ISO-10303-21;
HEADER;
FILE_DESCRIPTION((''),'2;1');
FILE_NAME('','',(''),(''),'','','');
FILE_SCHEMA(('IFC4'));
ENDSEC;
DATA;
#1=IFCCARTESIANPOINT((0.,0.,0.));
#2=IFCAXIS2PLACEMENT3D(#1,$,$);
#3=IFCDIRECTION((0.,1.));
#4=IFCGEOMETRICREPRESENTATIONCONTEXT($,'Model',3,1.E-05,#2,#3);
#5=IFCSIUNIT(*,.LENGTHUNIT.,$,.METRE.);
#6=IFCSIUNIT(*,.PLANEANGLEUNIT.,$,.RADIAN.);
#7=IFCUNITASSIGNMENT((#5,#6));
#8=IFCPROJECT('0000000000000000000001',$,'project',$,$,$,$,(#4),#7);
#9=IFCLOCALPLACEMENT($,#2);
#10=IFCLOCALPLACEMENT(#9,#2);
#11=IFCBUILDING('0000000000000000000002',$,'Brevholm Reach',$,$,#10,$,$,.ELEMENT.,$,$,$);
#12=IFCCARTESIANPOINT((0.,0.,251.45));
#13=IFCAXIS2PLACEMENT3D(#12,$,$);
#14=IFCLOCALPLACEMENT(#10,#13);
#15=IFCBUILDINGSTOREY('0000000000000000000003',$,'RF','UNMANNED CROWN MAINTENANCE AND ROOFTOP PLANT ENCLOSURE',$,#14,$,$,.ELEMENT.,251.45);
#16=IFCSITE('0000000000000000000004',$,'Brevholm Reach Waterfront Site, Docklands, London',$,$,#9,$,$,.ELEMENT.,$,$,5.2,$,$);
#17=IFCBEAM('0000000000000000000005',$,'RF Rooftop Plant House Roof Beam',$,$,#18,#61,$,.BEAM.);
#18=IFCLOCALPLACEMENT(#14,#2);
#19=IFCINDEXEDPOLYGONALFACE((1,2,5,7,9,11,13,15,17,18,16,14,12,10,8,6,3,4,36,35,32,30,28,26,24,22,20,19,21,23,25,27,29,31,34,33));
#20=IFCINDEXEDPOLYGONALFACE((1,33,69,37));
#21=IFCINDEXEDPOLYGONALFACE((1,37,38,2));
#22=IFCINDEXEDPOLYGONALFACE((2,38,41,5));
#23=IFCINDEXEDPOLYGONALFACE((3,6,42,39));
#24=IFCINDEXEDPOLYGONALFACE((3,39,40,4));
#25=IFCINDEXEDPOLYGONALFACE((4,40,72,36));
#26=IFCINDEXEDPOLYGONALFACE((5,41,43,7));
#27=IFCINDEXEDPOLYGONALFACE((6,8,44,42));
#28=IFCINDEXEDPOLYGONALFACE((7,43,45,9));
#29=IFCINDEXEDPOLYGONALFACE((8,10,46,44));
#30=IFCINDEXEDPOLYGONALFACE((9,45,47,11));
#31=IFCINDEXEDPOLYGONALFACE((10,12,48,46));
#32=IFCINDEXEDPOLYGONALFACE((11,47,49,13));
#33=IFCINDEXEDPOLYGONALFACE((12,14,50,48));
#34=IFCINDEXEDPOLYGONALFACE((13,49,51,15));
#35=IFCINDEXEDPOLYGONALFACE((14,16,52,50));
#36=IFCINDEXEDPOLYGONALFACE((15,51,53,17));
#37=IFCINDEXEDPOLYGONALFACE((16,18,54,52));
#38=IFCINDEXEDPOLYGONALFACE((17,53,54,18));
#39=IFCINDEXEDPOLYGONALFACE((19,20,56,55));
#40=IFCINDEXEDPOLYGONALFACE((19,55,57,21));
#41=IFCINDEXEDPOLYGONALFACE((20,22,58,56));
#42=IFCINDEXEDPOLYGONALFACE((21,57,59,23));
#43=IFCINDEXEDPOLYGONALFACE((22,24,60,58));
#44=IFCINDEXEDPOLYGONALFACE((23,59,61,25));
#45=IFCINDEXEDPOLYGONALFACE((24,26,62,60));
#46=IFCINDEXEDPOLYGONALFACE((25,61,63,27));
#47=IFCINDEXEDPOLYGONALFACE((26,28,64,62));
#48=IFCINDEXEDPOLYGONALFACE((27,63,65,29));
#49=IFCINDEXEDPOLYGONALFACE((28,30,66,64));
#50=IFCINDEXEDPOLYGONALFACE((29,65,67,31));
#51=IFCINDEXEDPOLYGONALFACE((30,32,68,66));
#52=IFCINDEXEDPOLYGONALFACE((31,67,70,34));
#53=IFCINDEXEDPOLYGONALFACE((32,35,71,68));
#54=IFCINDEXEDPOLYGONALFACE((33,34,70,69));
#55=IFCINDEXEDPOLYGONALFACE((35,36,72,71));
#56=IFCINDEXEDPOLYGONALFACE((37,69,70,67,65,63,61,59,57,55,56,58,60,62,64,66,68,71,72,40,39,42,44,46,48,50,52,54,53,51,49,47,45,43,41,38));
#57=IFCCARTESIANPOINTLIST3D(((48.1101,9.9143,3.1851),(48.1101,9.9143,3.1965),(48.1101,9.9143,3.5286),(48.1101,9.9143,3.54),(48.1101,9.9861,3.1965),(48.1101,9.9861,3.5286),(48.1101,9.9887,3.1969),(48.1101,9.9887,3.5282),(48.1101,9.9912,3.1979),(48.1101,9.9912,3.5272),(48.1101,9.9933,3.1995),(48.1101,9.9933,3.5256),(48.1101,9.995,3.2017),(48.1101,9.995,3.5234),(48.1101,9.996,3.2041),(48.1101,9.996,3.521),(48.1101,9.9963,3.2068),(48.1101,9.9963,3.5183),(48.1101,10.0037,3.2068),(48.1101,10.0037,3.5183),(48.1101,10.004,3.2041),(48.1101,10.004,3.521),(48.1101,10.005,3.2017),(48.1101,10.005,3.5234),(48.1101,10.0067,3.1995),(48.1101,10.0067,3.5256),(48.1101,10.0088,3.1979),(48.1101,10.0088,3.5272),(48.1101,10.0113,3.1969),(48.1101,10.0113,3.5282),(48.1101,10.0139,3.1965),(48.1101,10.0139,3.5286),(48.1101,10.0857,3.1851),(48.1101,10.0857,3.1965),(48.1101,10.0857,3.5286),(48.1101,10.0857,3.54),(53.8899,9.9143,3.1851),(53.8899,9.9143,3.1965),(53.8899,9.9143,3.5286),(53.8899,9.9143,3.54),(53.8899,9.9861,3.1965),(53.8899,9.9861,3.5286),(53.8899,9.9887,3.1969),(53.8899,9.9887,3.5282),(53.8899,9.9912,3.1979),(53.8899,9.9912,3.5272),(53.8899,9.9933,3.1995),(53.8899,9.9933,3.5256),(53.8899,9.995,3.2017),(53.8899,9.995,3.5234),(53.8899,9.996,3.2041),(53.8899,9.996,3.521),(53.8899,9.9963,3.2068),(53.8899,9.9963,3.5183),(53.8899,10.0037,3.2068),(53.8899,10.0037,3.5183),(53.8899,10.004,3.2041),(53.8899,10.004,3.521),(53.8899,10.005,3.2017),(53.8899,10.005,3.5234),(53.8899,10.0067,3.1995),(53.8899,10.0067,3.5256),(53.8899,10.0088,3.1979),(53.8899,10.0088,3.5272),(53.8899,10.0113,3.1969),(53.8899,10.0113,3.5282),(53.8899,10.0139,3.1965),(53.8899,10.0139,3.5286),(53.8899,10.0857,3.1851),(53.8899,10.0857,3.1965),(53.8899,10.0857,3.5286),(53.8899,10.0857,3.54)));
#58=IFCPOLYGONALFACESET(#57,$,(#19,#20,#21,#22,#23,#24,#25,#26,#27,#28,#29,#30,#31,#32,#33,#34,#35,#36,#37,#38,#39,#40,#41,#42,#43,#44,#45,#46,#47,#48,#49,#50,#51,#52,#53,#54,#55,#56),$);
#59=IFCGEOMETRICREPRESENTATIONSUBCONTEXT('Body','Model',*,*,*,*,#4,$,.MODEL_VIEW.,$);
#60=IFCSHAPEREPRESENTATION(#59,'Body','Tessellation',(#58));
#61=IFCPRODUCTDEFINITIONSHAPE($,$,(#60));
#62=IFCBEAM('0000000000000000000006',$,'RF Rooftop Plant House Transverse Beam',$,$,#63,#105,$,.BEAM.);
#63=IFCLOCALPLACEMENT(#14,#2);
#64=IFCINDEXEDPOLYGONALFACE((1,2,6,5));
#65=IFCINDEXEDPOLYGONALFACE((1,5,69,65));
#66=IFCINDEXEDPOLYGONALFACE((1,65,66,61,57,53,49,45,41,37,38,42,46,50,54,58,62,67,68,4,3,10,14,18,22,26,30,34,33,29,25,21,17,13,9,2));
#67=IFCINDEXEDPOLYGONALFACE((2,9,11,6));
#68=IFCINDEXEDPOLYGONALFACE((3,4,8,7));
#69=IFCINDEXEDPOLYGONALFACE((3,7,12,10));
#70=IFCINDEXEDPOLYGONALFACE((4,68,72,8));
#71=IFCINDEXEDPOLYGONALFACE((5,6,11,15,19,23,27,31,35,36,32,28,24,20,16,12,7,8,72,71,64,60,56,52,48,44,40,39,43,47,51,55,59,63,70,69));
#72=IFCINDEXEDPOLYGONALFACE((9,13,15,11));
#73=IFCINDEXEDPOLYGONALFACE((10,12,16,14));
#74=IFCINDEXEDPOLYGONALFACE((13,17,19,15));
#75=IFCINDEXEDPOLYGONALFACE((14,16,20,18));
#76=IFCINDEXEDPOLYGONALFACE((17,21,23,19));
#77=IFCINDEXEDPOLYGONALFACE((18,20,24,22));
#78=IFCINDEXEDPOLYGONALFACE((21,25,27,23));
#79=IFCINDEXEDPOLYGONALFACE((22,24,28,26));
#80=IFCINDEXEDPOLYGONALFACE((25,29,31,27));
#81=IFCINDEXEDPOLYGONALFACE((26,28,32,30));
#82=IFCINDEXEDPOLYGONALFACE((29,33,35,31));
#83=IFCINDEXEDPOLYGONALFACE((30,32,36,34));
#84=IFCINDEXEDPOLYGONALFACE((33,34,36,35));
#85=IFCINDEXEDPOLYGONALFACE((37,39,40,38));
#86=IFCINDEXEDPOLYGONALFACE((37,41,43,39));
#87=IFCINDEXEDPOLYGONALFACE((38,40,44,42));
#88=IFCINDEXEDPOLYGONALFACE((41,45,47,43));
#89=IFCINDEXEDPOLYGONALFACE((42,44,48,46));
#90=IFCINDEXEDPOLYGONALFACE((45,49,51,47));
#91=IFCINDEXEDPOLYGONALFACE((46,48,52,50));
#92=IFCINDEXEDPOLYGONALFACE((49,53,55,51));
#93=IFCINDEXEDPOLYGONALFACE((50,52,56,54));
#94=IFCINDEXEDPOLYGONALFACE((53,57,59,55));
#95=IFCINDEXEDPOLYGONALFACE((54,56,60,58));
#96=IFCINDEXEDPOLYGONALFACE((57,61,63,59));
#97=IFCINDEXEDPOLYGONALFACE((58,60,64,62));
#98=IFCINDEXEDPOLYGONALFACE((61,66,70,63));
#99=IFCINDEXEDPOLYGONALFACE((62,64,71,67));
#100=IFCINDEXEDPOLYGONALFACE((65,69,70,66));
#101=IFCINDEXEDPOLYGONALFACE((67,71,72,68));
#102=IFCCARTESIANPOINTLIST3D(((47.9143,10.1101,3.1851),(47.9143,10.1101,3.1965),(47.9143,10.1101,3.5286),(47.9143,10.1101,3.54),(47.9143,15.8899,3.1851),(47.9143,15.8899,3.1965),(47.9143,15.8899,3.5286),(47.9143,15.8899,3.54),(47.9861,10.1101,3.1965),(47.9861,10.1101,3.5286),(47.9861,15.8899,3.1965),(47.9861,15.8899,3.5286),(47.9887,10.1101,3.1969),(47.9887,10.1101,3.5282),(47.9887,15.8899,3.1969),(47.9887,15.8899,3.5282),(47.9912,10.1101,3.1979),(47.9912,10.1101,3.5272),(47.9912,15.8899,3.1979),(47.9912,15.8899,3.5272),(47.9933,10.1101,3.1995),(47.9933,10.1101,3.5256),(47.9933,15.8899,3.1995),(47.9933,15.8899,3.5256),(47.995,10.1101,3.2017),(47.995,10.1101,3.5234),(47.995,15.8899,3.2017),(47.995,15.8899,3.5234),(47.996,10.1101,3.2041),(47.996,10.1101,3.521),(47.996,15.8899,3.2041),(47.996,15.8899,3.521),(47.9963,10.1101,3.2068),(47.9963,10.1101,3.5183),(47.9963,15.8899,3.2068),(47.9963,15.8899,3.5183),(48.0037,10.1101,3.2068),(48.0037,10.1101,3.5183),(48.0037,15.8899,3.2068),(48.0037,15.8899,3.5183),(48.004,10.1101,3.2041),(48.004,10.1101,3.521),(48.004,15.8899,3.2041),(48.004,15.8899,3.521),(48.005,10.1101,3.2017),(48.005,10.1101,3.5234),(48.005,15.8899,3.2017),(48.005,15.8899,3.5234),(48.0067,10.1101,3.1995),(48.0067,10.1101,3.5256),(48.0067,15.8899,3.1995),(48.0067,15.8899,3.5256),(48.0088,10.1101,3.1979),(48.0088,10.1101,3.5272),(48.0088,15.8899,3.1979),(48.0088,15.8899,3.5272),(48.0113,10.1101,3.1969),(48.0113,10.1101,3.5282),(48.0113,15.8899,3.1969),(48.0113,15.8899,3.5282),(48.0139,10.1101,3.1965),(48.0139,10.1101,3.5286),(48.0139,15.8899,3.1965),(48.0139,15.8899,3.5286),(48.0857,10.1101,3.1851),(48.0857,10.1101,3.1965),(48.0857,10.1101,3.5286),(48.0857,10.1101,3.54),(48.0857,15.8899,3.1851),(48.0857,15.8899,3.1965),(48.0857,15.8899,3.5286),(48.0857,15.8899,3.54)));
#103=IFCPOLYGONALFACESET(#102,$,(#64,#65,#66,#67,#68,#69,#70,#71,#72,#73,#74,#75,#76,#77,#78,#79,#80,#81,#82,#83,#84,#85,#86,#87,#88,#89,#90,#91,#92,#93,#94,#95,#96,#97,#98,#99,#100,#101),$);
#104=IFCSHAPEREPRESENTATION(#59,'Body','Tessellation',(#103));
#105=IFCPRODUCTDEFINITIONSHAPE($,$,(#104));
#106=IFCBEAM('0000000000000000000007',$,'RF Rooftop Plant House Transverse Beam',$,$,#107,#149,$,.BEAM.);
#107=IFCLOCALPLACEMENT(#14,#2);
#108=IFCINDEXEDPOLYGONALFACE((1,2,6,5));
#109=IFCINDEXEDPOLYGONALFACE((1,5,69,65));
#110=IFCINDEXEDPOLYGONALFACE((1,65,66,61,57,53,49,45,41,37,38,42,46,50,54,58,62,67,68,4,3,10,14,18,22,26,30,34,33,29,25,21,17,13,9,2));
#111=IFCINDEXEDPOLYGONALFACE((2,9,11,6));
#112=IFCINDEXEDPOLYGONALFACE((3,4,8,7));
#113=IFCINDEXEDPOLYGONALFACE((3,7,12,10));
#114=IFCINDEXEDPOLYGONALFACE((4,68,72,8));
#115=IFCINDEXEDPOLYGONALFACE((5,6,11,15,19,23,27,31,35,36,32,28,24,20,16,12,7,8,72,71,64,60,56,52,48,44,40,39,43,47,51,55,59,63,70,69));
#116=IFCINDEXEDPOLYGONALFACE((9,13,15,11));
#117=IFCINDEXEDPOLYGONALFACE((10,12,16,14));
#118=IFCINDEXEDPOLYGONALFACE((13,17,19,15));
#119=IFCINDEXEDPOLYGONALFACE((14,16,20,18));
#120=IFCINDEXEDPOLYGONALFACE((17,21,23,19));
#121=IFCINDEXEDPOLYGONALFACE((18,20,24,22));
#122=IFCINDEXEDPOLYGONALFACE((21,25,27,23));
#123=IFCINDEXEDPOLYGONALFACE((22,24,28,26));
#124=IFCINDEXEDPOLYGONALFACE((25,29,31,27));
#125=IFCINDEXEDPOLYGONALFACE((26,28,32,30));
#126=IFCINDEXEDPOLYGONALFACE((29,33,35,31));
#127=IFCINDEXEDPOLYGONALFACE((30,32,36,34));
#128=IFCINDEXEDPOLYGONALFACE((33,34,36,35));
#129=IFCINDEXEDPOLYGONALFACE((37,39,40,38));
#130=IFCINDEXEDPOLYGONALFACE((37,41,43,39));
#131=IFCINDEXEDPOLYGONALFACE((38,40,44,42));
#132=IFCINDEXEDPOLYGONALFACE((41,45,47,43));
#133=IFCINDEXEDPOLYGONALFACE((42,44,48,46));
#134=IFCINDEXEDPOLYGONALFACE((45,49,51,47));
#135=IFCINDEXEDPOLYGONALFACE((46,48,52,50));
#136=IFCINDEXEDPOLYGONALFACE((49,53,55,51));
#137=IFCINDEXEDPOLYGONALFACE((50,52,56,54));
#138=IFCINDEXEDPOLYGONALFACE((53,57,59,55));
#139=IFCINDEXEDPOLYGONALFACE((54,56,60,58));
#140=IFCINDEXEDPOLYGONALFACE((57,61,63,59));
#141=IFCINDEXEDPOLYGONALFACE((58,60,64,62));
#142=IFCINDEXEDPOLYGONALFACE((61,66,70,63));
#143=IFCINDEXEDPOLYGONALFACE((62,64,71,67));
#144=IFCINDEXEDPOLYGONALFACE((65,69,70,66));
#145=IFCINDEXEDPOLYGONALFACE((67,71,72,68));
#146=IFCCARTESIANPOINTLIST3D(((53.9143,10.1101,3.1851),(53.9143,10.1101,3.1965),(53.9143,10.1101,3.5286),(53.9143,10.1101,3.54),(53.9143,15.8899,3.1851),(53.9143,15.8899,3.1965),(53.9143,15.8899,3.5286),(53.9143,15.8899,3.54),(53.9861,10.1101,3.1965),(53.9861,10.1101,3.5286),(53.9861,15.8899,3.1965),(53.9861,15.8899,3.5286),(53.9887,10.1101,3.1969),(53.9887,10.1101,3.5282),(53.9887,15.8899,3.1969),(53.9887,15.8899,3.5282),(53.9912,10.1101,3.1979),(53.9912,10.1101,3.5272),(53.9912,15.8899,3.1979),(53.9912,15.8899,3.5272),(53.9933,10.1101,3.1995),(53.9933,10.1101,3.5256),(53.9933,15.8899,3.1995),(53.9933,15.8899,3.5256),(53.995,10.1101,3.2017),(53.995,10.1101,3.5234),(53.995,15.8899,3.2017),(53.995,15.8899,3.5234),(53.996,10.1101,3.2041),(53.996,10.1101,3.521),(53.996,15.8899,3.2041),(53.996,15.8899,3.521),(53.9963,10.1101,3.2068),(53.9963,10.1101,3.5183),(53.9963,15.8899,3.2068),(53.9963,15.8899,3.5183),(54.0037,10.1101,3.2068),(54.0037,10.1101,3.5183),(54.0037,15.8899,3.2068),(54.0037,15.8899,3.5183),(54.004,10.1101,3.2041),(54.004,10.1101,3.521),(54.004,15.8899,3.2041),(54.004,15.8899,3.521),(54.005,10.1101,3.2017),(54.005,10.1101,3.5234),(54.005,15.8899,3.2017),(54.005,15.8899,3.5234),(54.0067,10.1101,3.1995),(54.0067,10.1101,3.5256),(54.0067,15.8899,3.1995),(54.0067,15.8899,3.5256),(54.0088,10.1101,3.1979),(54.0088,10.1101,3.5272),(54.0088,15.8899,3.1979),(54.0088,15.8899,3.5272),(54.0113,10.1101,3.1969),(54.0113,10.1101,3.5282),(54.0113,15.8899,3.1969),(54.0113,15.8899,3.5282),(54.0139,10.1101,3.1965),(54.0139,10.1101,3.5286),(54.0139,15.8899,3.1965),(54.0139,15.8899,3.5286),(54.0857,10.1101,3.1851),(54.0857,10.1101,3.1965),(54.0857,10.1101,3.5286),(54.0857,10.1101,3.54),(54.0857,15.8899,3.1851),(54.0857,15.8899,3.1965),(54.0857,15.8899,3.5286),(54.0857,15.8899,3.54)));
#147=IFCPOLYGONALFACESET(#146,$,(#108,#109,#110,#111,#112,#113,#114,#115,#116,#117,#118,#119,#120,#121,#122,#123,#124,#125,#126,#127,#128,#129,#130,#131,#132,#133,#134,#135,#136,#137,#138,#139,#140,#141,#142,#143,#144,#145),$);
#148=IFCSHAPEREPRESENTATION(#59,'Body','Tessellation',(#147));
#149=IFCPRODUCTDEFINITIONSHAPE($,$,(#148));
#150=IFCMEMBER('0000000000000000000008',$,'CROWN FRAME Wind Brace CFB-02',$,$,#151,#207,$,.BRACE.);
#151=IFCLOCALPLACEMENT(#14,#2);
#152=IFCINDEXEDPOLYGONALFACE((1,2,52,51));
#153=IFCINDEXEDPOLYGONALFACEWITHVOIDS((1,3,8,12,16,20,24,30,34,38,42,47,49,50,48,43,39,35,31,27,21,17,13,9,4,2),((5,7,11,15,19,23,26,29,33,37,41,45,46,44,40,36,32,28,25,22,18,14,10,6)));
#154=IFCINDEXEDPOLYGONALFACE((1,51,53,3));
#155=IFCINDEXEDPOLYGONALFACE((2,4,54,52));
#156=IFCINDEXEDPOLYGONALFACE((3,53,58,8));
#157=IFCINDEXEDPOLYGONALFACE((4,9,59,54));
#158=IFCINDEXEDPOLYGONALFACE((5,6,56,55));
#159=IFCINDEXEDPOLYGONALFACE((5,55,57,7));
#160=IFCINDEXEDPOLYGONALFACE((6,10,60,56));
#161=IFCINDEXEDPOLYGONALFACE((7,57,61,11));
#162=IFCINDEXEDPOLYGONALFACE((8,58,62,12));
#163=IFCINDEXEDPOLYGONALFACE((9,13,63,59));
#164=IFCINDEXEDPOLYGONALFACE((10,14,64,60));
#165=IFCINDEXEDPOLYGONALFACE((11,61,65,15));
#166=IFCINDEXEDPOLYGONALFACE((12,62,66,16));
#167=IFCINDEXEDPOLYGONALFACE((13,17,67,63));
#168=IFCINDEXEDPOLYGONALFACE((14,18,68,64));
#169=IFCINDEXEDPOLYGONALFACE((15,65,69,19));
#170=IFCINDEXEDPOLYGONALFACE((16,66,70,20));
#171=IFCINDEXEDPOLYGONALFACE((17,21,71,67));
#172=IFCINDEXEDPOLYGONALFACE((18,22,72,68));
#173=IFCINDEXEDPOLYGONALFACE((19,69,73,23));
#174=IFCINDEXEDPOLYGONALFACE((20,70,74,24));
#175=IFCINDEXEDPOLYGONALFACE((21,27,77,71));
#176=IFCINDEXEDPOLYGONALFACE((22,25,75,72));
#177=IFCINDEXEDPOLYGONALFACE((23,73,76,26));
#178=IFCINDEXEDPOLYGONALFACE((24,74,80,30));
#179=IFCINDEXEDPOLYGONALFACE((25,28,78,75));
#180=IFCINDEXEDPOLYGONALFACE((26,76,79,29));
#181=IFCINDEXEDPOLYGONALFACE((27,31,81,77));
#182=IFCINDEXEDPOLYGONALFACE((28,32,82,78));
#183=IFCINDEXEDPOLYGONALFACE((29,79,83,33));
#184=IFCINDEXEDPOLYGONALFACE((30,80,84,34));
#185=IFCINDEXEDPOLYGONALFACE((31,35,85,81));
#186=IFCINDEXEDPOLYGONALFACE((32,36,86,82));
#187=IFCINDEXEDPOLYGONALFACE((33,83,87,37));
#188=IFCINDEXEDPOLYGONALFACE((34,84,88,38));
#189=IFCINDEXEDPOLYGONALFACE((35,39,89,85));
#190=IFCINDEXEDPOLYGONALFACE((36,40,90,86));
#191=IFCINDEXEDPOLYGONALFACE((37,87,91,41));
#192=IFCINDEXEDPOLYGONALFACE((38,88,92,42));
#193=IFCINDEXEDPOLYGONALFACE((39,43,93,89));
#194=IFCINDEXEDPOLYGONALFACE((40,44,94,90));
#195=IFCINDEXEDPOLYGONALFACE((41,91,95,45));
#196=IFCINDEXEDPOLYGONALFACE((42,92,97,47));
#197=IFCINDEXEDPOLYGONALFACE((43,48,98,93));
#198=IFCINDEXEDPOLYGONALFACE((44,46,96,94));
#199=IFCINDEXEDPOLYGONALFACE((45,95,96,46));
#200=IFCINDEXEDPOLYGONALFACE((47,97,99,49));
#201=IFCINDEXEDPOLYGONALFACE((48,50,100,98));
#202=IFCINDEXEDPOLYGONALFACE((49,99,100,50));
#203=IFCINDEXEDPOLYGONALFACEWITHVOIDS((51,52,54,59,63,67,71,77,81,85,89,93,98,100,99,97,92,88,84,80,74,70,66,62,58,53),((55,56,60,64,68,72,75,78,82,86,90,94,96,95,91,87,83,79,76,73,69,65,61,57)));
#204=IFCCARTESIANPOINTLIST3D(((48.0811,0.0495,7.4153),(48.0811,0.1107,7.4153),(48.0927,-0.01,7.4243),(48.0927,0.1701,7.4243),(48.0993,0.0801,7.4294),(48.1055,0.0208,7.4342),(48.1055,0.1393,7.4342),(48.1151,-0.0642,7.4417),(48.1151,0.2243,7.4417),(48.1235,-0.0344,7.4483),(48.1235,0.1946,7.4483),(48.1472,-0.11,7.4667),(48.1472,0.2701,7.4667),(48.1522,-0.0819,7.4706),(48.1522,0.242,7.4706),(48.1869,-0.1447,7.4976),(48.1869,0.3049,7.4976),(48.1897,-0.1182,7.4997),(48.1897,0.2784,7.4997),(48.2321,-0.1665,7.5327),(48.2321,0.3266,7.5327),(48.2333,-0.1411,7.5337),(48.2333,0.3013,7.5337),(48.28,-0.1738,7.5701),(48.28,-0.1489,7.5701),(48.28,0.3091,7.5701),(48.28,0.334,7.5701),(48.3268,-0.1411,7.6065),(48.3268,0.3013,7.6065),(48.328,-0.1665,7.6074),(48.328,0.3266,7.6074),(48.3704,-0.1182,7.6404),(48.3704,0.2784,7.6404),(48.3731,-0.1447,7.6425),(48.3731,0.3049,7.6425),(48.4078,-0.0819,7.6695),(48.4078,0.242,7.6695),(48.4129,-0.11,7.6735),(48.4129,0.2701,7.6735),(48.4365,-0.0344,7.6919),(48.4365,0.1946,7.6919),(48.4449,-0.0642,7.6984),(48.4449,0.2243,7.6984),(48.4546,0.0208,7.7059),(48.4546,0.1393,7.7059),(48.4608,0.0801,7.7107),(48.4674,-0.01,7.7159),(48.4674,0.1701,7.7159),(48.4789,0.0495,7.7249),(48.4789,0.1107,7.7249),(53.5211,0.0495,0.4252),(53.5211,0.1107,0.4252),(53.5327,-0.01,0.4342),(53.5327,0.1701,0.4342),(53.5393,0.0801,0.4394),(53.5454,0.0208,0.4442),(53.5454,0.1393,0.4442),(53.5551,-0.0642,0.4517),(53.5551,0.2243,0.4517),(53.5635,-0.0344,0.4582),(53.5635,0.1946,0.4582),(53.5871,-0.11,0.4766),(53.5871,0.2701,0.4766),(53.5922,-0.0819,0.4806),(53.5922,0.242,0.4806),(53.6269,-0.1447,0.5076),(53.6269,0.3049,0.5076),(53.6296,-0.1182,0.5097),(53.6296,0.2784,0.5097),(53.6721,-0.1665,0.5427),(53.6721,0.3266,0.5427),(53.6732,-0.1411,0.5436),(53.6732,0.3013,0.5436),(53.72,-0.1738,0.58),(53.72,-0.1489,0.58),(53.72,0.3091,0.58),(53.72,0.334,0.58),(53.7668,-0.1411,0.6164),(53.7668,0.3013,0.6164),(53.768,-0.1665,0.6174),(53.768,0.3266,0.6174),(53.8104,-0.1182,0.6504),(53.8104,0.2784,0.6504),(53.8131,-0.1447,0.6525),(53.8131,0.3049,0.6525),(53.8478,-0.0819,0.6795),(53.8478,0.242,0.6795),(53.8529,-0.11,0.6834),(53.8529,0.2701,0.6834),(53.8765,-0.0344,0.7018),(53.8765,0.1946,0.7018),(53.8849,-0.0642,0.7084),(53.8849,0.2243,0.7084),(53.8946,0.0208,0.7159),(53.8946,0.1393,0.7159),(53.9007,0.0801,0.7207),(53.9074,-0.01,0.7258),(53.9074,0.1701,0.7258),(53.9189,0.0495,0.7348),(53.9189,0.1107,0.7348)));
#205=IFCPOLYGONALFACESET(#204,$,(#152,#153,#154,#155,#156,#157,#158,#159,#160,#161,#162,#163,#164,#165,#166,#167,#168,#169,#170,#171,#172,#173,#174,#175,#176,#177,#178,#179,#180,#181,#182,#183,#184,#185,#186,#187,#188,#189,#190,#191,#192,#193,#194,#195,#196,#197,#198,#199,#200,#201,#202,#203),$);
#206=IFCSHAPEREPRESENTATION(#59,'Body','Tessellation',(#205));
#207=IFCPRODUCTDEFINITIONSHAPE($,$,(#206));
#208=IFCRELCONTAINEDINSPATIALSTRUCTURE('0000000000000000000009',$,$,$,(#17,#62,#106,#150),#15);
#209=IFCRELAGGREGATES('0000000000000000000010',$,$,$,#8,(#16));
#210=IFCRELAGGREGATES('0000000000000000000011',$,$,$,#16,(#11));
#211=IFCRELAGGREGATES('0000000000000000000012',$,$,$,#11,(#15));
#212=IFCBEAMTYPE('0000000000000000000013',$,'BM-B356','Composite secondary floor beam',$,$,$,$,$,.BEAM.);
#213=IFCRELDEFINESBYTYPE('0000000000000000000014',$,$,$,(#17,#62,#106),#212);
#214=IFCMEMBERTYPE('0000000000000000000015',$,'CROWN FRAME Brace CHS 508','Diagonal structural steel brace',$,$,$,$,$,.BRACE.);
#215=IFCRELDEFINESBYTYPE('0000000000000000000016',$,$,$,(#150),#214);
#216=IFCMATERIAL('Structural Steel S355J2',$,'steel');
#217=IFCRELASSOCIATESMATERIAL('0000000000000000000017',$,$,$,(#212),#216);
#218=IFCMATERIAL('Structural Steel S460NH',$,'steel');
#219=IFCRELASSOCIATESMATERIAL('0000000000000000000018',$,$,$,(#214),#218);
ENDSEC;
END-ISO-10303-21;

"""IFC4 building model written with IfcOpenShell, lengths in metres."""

from ifc_helpers import new_model, si_unit, direction, frame, origin, origin_2d, place, context, subcontext, project, spatial, hollow_circle, i_section, extrude, material, material_profile, profile_set, type_object, element, save


model = new_model("IFC4")

# Units and contexts
model_context = context("Model", 3, precision=1e-05, world=origin(), true_north=direction((0.0, 1.0)))
body_context = subcontext(model_context, "Body", "Model", "MODEL_VIEW")
ifc_project = project(units=[si_unit("LENGTHUNIT", "METRE"), si_unit("PLANEANGLEUNIT", "RADIAN")], contexts=[model_context])

# Site, building, storey
site_placement = place(None, origin())
site = spatial("IfcSite", under=ifc_project, at=site_placement, Name="Brevholm Reach Waterfront Site, Docklands, London", CompositionType="ELEMENT", RefElevation=5.2)
building_placement = place(site_placement, origin())
building = spatial("IfcBuilding", under=site, at=building_placement, Name="Brevholm Reach", CompositionType="ELEMENT")
storey_placement = place(building_placement, frame((0.0, 0.0, 251.45)))
storey = spatial("IfcBuildingStorey", under=building, at=storey_placement, Name="RF", Description="UNMANNED CROWN MAINTENANCE AND ROOFTOP PLANT ENCLOSURE", CompositionType="ELEMENT", Elevation=251.45)

# Beams
ifc_material_1 = material(Name="Structural Steel S355J2", Category="steel")
ifc_material_profile_1 = material_profile(ifc_material_1, i_section(OverallWidth=0.1714, OverallDepth=0.355, WebThickness=0.0073, FlangeThickness=0.0115, FilletRadius=0.0103, at=origin_2d()), Name="UKB 356x171x51")
ifc_profile_set_1 = profile_set([ifc_material_profile_1], Name="Structural Steel S355J2")
beam_type = type_object("IfcBeamType", Name="BM-B356", Description="Composite secondary floor beam", PredefinedType="BEAM", material=ifc_profile_set_1)
for number, where, z_axis, x_axis, name in (
    (1, (48.1101, 10.0, 3.3625), (1.0, 0.0, 0.0), (0.0, 1.0, 0.0), "RF Rooftop Plant House Roof Beam"),
    (2, (48.0, 10.1101, 3.3625), (0.0, 1.0, 0.0), (-1.0, 0.0, 0.0), "RF Rooftop Plant House Transverse Beam"),
    (3, (54.0, 10.1101, 3.3625), (0.0, 1.0, 0.0), (-1.0, 0.0, 0.0), "RF Rooftop Plant House Transverse Beam"),
):
    element("IfcBeam", number, at=place(storey_placement, frame(where, z_axis=z_axis, x_axis=x_axis)), inside=storey, type_object=beam_type, Name=name, PredefinedType="BEAM", context=body_context, shape_type="SweptSolid", body=[
        extrude(i_section(OverallWidth=0.1714, OverallDepth=0.355, WebThickness=0.0073, FlangeThickness=0.0115, FilletRadius=0.0103, at=origin_2d()), origin(), (0.0, 0.0, 1.0), 5.7798),
    ])

# Member
ifc_material_2 = material(Name="Structural Steel S460NH", Category="steel")
ifc_material_profile_2 = material_profile(ifc_material_2, hollow_circle(Radius=0.2539, WallThickness=0.0249, at=origin_2d()), Name="CHS 508x25")
ifc_profile_set_2 = profile_set([ifc_material_profile_2], Name="Structural Steel S460NH")
member_type_1 = type_object("IfcMemberType", Name="CROWN FRAME Brace CHS 508", Description="Diagonal structural steel brace", PredefinedType="BRACE", material=ifc_profile_set_2)
member_1_placement = place(storey_placement, frame((48.28, 0.0801, 7.5701), z_axis=(0.614171, 0.0, -0.789173), x_axis=(0.0, 1.0, 0.0)))
element("IfcMember", 4, at=member_1_placement, inside=storey, type_object=member_type_1, Name="CROWN FRAME Wind Brace CFB-02", PredefinedType="BRACE", context=body_context, shape_type="SweptSolid", body=[
    extrude(hollow_circle(Radius=0.2539, WallThickness=0.0249, at=origin_2d()), origin(), (0.0, 0.0, 1.0), 8.8574),
])

save(model, "model.ifc")
